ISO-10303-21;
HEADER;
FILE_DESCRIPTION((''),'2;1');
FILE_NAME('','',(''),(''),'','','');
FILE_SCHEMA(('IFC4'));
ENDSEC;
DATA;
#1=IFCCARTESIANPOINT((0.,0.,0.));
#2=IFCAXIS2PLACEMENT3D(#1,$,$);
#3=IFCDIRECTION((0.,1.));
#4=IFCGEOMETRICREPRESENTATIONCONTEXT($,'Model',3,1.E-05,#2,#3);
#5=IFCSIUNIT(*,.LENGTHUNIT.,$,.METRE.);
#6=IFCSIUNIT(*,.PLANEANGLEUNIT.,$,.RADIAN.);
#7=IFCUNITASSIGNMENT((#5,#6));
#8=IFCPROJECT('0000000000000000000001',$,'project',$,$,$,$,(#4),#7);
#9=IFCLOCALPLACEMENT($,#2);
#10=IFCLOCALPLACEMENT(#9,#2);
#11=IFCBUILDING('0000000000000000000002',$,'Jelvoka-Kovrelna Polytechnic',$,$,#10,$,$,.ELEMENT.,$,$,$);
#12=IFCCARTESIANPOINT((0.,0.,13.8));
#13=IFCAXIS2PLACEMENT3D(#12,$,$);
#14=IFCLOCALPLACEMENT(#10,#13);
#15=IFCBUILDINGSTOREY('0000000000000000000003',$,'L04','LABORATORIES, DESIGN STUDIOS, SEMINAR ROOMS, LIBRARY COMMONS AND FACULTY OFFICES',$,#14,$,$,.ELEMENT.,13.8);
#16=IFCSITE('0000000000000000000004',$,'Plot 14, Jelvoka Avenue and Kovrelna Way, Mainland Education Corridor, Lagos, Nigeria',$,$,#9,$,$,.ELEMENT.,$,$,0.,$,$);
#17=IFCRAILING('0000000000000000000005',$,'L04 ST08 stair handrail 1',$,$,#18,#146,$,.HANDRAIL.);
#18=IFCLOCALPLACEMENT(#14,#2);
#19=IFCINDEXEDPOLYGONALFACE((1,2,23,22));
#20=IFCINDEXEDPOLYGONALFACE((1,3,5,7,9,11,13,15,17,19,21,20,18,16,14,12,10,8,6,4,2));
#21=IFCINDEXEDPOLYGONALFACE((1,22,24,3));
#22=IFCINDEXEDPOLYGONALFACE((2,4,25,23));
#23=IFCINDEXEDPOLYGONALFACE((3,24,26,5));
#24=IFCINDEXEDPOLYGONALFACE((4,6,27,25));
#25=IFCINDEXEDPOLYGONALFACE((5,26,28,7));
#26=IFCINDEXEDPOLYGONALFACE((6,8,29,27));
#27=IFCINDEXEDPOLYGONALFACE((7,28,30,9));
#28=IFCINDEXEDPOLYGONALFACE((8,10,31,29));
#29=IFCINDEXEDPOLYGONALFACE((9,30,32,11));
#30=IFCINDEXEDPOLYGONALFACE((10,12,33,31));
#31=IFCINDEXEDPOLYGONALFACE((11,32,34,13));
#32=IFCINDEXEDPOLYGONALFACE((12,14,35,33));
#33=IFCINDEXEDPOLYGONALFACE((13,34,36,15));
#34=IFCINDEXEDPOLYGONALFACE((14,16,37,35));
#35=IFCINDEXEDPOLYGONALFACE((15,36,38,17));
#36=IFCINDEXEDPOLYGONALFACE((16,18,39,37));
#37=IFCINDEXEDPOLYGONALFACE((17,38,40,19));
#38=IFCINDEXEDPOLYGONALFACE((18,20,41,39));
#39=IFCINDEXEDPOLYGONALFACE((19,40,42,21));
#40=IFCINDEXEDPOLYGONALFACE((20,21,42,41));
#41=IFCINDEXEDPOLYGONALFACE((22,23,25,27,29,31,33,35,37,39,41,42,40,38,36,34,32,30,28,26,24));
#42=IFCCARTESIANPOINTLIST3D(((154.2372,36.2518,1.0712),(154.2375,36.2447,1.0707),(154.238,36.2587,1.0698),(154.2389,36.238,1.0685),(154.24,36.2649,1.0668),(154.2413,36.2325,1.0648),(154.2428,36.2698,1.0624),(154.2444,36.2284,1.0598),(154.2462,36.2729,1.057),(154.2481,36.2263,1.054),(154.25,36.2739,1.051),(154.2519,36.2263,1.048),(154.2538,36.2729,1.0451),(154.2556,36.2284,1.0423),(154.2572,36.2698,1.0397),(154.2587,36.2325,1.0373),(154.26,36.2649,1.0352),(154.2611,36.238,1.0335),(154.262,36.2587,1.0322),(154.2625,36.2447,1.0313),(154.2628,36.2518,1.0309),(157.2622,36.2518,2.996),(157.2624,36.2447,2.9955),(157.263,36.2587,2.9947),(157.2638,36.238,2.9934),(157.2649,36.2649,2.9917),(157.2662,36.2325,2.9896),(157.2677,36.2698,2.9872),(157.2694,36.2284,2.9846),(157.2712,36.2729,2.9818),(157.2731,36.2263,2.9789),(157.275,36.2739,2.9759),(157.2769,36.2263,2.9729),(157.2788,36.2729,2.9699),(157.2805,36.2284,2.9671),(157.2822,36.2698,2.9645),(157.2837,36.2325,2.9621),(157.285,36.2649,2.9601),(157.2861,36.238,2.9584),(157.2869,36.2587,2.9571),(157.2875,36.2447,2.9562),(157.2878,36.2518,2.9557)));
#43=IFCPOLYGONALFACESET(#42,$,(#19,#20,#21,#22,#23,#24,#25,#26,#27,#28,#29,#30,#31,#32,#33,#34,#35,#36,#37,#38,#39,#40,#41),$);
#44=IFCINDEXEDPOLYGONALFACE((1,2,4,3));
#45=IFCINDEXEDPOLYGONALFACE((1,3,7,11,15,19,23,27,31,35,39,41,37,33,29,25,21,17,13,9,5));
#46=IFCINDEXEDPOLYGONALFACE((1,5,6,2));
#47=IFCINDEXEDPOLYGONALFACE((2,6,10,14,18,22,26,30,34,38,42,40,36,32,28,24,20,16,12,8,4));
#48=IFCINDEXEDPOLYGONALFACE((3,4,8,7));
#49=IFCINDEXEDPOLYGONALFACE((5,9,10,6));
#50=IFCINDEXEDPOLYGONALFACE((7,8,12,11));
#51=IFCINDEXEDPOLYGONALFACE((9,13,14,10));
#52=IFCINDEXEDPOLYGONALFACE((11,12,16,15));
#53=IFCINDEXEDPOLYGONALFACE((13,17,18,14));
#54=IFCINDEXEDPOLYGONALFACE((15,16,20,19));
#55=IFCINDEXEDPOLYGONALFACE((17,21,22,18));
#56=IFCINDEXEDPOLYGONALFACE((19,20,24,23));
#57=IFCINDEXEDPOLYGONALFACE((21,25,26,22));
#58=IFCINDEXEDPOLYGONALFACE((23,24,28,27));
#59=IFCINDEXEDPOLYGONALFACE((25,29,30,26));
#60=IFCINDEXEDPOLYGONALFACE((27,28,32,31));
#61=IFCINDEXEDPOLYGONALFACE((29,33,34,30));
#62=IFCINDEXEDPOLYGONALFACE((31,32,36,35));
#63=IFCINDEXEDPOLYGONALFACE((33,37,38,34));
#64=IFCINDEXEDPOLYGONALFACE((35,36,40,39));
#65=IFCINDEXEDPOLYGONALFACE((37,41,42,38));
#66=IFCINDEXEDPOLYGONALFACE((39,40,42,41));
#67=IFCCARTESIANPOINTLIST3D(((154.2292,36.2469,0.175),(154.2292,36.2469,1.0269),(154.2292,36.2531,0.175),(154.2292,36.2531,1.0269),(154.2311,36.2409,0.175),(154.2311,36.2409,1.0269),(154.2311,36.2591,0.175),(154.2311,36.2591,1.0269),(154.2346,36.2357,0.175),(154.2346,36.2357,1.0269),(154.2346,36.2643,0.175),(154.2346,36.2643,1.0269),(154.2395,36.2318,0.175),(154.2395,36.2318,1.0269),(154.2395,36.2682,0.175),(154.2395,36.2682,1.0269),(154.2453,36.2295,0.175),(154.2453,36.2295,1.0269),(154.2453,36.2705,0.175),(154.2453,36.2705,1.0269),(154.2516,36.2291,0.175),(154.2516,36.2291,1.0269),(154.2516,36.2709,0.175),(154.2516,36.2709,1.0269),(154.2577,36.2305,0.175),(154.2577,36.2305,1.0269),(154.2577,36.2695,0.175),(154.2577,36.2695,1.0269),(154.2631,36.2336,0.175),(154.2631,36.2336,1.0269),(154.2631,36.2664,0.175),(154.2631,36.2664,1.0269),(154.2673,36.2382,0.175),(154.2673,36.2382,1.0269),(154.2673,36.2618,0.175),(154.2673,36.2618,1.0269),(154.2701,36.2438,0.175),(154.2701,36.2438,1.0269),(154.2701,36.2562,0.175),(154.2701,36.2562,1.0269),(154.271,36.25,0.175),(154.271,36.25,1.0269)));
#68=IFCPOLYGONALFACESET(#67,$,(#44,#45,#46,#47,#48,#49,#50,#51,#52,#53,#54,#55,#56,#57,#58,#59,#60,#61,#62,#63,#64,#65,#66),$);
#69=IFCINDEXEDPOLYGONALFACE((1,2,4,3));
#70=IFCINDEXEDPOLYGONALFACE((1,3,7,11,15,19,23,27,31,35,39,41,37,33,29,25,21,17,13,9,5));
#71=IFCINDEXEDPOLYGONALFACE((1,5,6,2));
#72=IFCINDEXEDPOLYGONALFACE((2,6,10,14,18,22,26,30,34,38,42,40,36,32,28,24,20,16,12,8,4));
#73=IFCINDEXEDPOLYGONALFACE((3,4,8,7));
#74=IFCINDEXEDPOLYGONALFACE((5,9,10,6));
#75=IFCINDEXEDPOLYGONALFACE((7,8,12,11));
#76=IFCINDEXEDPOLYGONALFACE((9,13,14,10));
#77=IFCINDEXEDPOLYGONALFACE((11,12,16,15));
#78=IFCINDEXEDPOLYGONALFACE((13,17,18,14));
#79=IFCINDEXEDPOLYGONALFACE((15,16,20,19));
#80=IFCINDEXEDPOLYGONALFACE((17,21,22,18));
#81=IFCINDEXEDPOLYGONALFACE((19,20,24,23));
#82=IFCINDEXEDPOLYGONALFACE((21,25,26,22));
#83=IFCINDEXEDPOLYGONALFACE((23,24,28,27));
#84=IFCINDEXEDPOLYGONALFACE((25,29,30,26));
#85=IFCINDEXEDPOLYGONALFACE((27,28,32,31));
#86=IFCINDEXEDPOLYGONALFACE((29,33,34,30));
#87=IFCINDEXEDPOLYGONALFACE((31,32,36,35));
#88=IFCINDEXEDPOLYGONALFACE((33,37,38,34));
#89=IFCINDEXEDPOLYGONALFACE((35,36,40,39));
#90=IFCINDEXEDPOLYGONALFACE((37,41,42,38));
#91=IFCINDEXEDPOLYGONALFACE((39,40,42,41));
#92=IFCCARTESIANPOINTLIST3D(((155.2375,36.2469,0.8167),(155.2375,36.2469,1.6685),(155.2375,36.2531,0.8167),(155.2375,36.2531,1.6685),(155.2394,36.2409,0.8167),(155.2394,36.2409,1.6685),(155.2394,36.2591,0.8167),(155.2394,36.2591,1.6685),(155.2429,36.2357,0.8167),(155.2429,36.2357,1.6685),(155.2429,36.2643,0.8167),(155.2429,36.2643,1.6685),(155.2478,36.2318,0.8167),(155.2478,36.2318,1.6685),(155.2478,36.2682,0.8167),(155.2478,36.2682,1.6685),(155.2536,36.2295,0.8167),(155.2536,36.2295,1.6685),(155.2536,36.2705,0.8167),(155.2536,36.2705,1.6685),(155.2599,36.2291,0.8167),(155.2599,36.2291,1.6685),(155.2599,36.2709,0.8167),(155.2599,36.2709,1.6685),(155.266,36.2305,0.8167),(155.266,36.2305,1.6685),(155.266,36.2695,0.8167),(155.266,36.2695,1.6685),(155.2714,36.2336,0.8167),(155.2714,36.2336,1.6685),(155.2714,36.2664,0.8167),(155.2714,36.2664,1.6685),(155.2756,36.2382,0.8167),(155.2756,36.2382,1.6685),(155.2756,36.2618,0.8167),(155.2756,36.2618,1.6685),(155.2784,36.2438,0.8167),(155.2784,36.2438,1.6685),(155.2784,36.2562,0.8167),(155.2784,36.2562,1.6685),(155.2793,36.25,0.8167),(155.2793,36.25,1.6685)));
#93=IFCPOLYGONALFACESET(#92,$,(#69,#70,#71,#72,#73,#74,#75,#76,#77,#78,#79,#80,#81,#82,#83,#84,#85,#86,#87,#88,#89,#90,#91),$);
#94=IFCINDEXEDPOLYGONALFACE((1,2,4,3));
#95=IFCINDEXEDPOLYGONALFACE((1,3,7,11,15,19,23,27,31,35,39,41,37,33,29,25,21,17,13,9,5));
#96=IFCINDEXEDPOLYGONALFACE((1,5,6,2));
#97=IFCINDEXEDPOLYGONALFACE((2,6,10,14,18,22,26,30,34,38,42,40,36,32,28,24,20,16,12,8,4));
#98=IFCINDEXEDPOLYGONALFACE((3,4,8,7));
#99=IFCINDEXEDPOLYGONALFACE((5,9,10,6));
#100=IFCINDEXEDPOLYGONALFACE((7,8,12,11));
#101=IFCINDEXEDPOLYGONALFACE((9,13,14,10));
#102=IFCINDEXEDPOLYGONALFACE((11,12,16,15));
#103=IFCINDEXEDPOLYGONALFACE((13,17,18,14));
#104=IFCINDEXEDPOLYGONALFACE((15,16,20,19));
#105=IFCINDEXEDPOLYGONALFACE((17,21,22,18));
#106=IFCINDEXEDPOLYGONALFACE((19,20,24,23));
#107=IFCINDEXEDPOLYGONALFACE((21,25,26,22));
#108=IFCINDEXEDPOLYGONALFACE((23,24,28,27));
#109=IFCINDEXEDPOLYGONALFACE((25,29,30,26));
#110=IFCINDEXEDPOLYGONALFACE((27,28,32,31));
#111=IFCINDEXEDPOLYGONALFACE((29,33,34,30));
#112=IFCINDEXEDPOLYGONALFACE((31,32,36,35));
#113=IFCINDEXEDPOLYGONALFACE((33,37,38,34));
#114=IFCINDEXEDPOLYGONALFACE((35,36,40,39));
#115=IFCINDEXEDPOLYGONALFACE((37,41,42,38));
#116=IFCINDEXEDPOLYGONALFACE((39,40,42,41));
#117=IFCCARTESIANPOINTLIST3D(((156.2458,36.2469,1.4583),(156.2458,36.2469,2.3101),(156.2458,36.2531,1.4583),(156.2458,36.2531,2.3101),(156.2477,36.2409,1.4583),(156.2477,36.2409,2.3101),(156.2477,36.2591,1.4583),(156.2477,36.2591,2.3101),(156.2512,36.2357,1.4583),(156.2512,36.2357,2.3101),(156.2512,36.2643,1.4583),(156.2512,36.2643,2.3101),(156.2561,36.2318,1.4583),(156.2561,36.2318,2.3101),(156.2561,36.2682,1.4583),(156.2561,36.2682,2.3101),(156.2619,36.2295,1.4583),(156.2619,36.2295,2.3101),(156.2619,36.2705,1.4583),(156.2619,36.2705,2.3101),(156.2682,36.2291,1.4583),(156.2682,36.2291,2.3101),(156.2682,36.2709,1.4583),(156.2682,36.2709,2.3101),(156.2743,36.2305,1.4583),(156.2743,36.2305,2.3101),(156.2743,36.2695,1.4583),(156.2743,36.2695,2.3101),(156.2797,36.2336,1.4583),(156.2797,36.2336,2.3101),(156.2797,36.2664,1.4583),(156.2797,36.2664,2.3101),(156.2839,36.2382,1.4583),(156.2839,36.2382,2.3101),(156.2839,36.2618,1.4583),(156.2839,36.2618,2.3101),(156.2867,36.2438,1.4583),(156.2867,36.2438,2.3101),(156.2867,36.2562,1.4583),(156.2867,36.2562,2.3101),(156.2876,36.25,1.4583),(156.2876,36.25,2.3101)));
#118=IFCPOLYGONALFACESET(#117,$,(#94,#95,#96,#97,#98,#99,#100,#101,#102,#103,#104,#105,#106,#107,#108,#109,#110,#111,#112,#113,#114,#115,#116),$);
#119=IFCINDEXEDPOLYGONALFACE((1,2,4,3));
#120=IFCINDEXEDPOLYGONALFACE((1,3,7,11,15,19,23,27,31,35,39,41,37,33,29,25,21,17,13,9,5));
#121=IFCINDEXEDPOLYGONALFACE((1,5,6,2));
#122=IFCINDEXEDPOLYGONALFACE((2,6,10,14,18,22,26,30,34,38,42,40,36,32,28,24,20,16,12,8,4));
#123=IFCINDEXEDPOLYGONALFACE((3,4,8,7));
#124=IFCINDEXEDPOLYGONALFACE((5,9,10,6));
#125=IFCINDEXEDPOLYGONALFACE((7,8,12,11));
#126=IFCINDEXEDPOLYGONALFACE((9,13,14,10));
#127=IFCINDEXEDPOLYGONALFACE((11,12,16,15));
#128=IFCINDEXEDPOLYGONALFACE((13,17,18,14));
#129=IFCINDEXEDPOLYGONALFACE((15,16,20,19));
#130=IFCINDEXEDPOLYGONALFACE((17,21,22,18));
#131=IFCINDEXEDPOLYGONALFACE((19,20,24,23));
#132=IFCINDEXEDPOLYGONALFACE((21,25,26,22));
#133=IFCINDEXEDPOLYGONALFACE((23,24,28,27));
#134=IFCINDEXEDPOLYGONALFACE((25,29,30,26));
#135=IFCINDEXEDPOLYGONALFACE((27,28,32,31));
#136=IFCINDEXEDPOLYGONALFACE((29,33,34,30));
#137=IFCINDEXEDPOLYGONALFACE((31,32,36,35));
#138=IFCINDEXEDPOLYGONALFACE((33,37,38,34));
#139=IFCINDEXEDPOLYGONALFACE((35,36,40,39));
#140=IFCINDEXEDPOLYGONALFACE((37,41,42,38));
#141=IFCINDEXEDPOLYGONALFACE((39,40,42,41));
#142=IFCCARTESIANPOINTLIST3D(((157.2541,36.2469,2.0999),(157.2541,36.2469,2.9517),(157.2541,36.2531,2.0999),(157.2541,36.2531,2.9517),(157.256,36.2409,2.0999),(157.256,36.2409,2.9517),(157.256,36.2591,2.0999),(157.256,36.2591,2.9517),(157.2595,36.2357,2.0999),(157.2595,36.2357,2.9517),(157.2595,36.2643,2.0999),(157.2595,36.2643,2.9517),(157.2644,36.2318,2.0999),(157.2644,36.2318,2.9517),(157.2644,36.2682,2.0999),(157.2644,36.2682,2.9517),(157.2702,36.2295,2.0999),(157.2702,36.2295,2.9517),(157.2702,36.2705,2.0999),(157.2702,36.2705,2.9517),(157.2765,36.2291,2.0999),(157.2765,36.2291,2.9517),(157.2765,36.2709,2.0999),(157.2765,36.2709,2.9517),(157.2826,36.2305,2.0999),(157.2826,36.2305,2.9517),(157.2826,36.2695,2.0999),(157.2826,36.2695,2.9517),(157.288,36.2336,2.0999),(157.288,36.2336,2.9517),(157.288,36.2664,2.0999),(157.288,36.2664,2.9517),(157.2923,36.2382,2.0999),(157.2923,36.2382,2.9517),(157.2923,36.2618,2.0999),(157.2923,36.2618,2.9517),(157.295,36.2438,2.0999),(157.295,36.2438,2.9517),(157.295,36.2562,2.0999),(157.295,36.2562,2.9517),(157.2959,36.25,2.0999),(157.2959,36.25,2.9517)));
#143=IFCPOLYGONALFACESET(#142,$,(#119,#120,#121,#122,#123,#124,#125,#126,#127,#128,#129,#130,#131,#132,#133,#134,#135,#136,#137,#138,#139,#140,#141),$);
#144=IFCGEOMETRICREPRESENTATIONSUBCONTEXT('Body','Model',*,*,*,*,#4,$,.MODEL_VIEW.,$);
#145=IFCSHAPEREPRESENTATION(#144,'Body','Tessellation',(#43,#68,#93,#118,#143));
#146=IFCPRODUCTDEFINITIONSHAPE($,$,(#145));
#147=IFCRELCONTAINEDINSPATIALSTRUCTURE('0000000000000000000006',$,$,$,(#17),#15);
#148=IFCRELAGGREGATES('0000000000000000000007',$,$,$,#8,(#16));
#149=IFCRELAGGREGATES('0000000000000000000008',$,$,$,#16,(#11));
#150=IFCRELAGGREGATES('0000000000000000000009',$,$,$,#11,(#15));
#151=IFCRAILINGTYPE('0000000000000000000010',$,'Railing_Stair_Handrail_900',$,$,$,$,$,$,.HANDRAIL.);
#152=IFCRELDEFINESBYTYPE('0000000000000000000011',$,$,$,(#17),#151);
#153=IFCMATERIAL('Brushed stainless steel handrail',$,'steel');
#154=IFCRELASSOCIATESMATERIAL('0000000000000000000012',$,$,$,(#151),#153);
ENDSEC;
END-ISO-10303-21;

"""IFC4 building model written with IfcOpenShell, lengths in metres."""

from ifc_helpers import new_model, si_unit, direction, frame, origin, origin_2d, place, context, subcontext, project, spatial, circle, extrude, material, type_object, element, save


model = new_model("IFC4")

# Units and contexts
model_context = context("Model", 3, precision=1e-05, world=origin(), true_north=direction((0.0, 1.0)))
body_context = subcontext(model_context, "Body", "Model", "MODEL_VIEW")
ifc_project = project(units=[si_unit("LENGTHUNIT", "METRE"), si_unit("PLANEANGLEUNIT", "RADIAN")], contexts=[model_context])

# Site, building, storey
site_placement = place(None, origin())
site = spatial("IfcSite", under=ifc_project, at=site_placement, Name="Plot 14, Jelvoka Avenue and Kovrelna Way, Mainland Education Corridor, Lagos, Nigeria", CompositionType="ELEMENT", RefElevation=0.0)
building_placement = place(site_placement, origin())
building = spatial("IfcBuilding", under=site, at=building_placement, Name="Jelvoka-Kovrelna Polytechnic", CompositionType="ELEMENT")
storey_placement = place(building_placement, frame((0.0, 0.0, 13.8)))
storey = spatial("IfcBuildingStorey", under=building, at=storey_placement, Name="L04", Description="LABORATORIES, DESIGN STUDIOS, SEMINAR ROOMS, LIBRARY COMMONS AND FACULTY OFFICES", CompositionType="ELEMENT", Elevation=13.8)

# Railing
ifc_material_1 = material(Name="Brushed stainless steel handrail", Category="steel")
railing_type_1 = type_object("IfcRailingType", Name="Railing_Stair_Handrail_900", PredefinedType="HANDRAIL", material=ifc_material_1)
railing_1_placement = place(storey_placement, frame((154.25, 36.25, 0.175)))
element("IfcRailing", 1, at=railing_1_placement, inside=storey, type_object=railing_type_1, Name="L04 ST08 stair handrail 1", PredefinedType="HANDRAIL", context=body_context, shape_type="SweptSolid", body=[
    extrude(circle(Radius=0.0239, at=origin_2d()), frame((0.0, 0.0, 0.876), z_axis=(0.843678, 0.0, 0.536849), x_axis=(0.0, 1.0, 0.0)), (0.0, 0.0, 1.0), 3.5854),
    extrude(circle(Radius=0.021, at=origin_2d()), origin(), (0.0, 0.0, 1.0), 0.8518),
    extrude(circle(Radius=0.021, at=origin_2d()), frame((1.0083, 0.0, 0.6416)), (0.0, 0.0, 1.0), 0.8518),
    extrude(circle(Radius=0.021, at=origin_2d()), frame((2.0166, 0.0, 1.2832)), (0.0, 0.0, 1.0), 0.8518),
    extrude(circle(Radius=0.021, at=origin_2d()), frame((3.0249, 0.0, 1.9248)), (0.0, 0.0, 1.0), 0.8518),
])

save(model, "model.ifc")
